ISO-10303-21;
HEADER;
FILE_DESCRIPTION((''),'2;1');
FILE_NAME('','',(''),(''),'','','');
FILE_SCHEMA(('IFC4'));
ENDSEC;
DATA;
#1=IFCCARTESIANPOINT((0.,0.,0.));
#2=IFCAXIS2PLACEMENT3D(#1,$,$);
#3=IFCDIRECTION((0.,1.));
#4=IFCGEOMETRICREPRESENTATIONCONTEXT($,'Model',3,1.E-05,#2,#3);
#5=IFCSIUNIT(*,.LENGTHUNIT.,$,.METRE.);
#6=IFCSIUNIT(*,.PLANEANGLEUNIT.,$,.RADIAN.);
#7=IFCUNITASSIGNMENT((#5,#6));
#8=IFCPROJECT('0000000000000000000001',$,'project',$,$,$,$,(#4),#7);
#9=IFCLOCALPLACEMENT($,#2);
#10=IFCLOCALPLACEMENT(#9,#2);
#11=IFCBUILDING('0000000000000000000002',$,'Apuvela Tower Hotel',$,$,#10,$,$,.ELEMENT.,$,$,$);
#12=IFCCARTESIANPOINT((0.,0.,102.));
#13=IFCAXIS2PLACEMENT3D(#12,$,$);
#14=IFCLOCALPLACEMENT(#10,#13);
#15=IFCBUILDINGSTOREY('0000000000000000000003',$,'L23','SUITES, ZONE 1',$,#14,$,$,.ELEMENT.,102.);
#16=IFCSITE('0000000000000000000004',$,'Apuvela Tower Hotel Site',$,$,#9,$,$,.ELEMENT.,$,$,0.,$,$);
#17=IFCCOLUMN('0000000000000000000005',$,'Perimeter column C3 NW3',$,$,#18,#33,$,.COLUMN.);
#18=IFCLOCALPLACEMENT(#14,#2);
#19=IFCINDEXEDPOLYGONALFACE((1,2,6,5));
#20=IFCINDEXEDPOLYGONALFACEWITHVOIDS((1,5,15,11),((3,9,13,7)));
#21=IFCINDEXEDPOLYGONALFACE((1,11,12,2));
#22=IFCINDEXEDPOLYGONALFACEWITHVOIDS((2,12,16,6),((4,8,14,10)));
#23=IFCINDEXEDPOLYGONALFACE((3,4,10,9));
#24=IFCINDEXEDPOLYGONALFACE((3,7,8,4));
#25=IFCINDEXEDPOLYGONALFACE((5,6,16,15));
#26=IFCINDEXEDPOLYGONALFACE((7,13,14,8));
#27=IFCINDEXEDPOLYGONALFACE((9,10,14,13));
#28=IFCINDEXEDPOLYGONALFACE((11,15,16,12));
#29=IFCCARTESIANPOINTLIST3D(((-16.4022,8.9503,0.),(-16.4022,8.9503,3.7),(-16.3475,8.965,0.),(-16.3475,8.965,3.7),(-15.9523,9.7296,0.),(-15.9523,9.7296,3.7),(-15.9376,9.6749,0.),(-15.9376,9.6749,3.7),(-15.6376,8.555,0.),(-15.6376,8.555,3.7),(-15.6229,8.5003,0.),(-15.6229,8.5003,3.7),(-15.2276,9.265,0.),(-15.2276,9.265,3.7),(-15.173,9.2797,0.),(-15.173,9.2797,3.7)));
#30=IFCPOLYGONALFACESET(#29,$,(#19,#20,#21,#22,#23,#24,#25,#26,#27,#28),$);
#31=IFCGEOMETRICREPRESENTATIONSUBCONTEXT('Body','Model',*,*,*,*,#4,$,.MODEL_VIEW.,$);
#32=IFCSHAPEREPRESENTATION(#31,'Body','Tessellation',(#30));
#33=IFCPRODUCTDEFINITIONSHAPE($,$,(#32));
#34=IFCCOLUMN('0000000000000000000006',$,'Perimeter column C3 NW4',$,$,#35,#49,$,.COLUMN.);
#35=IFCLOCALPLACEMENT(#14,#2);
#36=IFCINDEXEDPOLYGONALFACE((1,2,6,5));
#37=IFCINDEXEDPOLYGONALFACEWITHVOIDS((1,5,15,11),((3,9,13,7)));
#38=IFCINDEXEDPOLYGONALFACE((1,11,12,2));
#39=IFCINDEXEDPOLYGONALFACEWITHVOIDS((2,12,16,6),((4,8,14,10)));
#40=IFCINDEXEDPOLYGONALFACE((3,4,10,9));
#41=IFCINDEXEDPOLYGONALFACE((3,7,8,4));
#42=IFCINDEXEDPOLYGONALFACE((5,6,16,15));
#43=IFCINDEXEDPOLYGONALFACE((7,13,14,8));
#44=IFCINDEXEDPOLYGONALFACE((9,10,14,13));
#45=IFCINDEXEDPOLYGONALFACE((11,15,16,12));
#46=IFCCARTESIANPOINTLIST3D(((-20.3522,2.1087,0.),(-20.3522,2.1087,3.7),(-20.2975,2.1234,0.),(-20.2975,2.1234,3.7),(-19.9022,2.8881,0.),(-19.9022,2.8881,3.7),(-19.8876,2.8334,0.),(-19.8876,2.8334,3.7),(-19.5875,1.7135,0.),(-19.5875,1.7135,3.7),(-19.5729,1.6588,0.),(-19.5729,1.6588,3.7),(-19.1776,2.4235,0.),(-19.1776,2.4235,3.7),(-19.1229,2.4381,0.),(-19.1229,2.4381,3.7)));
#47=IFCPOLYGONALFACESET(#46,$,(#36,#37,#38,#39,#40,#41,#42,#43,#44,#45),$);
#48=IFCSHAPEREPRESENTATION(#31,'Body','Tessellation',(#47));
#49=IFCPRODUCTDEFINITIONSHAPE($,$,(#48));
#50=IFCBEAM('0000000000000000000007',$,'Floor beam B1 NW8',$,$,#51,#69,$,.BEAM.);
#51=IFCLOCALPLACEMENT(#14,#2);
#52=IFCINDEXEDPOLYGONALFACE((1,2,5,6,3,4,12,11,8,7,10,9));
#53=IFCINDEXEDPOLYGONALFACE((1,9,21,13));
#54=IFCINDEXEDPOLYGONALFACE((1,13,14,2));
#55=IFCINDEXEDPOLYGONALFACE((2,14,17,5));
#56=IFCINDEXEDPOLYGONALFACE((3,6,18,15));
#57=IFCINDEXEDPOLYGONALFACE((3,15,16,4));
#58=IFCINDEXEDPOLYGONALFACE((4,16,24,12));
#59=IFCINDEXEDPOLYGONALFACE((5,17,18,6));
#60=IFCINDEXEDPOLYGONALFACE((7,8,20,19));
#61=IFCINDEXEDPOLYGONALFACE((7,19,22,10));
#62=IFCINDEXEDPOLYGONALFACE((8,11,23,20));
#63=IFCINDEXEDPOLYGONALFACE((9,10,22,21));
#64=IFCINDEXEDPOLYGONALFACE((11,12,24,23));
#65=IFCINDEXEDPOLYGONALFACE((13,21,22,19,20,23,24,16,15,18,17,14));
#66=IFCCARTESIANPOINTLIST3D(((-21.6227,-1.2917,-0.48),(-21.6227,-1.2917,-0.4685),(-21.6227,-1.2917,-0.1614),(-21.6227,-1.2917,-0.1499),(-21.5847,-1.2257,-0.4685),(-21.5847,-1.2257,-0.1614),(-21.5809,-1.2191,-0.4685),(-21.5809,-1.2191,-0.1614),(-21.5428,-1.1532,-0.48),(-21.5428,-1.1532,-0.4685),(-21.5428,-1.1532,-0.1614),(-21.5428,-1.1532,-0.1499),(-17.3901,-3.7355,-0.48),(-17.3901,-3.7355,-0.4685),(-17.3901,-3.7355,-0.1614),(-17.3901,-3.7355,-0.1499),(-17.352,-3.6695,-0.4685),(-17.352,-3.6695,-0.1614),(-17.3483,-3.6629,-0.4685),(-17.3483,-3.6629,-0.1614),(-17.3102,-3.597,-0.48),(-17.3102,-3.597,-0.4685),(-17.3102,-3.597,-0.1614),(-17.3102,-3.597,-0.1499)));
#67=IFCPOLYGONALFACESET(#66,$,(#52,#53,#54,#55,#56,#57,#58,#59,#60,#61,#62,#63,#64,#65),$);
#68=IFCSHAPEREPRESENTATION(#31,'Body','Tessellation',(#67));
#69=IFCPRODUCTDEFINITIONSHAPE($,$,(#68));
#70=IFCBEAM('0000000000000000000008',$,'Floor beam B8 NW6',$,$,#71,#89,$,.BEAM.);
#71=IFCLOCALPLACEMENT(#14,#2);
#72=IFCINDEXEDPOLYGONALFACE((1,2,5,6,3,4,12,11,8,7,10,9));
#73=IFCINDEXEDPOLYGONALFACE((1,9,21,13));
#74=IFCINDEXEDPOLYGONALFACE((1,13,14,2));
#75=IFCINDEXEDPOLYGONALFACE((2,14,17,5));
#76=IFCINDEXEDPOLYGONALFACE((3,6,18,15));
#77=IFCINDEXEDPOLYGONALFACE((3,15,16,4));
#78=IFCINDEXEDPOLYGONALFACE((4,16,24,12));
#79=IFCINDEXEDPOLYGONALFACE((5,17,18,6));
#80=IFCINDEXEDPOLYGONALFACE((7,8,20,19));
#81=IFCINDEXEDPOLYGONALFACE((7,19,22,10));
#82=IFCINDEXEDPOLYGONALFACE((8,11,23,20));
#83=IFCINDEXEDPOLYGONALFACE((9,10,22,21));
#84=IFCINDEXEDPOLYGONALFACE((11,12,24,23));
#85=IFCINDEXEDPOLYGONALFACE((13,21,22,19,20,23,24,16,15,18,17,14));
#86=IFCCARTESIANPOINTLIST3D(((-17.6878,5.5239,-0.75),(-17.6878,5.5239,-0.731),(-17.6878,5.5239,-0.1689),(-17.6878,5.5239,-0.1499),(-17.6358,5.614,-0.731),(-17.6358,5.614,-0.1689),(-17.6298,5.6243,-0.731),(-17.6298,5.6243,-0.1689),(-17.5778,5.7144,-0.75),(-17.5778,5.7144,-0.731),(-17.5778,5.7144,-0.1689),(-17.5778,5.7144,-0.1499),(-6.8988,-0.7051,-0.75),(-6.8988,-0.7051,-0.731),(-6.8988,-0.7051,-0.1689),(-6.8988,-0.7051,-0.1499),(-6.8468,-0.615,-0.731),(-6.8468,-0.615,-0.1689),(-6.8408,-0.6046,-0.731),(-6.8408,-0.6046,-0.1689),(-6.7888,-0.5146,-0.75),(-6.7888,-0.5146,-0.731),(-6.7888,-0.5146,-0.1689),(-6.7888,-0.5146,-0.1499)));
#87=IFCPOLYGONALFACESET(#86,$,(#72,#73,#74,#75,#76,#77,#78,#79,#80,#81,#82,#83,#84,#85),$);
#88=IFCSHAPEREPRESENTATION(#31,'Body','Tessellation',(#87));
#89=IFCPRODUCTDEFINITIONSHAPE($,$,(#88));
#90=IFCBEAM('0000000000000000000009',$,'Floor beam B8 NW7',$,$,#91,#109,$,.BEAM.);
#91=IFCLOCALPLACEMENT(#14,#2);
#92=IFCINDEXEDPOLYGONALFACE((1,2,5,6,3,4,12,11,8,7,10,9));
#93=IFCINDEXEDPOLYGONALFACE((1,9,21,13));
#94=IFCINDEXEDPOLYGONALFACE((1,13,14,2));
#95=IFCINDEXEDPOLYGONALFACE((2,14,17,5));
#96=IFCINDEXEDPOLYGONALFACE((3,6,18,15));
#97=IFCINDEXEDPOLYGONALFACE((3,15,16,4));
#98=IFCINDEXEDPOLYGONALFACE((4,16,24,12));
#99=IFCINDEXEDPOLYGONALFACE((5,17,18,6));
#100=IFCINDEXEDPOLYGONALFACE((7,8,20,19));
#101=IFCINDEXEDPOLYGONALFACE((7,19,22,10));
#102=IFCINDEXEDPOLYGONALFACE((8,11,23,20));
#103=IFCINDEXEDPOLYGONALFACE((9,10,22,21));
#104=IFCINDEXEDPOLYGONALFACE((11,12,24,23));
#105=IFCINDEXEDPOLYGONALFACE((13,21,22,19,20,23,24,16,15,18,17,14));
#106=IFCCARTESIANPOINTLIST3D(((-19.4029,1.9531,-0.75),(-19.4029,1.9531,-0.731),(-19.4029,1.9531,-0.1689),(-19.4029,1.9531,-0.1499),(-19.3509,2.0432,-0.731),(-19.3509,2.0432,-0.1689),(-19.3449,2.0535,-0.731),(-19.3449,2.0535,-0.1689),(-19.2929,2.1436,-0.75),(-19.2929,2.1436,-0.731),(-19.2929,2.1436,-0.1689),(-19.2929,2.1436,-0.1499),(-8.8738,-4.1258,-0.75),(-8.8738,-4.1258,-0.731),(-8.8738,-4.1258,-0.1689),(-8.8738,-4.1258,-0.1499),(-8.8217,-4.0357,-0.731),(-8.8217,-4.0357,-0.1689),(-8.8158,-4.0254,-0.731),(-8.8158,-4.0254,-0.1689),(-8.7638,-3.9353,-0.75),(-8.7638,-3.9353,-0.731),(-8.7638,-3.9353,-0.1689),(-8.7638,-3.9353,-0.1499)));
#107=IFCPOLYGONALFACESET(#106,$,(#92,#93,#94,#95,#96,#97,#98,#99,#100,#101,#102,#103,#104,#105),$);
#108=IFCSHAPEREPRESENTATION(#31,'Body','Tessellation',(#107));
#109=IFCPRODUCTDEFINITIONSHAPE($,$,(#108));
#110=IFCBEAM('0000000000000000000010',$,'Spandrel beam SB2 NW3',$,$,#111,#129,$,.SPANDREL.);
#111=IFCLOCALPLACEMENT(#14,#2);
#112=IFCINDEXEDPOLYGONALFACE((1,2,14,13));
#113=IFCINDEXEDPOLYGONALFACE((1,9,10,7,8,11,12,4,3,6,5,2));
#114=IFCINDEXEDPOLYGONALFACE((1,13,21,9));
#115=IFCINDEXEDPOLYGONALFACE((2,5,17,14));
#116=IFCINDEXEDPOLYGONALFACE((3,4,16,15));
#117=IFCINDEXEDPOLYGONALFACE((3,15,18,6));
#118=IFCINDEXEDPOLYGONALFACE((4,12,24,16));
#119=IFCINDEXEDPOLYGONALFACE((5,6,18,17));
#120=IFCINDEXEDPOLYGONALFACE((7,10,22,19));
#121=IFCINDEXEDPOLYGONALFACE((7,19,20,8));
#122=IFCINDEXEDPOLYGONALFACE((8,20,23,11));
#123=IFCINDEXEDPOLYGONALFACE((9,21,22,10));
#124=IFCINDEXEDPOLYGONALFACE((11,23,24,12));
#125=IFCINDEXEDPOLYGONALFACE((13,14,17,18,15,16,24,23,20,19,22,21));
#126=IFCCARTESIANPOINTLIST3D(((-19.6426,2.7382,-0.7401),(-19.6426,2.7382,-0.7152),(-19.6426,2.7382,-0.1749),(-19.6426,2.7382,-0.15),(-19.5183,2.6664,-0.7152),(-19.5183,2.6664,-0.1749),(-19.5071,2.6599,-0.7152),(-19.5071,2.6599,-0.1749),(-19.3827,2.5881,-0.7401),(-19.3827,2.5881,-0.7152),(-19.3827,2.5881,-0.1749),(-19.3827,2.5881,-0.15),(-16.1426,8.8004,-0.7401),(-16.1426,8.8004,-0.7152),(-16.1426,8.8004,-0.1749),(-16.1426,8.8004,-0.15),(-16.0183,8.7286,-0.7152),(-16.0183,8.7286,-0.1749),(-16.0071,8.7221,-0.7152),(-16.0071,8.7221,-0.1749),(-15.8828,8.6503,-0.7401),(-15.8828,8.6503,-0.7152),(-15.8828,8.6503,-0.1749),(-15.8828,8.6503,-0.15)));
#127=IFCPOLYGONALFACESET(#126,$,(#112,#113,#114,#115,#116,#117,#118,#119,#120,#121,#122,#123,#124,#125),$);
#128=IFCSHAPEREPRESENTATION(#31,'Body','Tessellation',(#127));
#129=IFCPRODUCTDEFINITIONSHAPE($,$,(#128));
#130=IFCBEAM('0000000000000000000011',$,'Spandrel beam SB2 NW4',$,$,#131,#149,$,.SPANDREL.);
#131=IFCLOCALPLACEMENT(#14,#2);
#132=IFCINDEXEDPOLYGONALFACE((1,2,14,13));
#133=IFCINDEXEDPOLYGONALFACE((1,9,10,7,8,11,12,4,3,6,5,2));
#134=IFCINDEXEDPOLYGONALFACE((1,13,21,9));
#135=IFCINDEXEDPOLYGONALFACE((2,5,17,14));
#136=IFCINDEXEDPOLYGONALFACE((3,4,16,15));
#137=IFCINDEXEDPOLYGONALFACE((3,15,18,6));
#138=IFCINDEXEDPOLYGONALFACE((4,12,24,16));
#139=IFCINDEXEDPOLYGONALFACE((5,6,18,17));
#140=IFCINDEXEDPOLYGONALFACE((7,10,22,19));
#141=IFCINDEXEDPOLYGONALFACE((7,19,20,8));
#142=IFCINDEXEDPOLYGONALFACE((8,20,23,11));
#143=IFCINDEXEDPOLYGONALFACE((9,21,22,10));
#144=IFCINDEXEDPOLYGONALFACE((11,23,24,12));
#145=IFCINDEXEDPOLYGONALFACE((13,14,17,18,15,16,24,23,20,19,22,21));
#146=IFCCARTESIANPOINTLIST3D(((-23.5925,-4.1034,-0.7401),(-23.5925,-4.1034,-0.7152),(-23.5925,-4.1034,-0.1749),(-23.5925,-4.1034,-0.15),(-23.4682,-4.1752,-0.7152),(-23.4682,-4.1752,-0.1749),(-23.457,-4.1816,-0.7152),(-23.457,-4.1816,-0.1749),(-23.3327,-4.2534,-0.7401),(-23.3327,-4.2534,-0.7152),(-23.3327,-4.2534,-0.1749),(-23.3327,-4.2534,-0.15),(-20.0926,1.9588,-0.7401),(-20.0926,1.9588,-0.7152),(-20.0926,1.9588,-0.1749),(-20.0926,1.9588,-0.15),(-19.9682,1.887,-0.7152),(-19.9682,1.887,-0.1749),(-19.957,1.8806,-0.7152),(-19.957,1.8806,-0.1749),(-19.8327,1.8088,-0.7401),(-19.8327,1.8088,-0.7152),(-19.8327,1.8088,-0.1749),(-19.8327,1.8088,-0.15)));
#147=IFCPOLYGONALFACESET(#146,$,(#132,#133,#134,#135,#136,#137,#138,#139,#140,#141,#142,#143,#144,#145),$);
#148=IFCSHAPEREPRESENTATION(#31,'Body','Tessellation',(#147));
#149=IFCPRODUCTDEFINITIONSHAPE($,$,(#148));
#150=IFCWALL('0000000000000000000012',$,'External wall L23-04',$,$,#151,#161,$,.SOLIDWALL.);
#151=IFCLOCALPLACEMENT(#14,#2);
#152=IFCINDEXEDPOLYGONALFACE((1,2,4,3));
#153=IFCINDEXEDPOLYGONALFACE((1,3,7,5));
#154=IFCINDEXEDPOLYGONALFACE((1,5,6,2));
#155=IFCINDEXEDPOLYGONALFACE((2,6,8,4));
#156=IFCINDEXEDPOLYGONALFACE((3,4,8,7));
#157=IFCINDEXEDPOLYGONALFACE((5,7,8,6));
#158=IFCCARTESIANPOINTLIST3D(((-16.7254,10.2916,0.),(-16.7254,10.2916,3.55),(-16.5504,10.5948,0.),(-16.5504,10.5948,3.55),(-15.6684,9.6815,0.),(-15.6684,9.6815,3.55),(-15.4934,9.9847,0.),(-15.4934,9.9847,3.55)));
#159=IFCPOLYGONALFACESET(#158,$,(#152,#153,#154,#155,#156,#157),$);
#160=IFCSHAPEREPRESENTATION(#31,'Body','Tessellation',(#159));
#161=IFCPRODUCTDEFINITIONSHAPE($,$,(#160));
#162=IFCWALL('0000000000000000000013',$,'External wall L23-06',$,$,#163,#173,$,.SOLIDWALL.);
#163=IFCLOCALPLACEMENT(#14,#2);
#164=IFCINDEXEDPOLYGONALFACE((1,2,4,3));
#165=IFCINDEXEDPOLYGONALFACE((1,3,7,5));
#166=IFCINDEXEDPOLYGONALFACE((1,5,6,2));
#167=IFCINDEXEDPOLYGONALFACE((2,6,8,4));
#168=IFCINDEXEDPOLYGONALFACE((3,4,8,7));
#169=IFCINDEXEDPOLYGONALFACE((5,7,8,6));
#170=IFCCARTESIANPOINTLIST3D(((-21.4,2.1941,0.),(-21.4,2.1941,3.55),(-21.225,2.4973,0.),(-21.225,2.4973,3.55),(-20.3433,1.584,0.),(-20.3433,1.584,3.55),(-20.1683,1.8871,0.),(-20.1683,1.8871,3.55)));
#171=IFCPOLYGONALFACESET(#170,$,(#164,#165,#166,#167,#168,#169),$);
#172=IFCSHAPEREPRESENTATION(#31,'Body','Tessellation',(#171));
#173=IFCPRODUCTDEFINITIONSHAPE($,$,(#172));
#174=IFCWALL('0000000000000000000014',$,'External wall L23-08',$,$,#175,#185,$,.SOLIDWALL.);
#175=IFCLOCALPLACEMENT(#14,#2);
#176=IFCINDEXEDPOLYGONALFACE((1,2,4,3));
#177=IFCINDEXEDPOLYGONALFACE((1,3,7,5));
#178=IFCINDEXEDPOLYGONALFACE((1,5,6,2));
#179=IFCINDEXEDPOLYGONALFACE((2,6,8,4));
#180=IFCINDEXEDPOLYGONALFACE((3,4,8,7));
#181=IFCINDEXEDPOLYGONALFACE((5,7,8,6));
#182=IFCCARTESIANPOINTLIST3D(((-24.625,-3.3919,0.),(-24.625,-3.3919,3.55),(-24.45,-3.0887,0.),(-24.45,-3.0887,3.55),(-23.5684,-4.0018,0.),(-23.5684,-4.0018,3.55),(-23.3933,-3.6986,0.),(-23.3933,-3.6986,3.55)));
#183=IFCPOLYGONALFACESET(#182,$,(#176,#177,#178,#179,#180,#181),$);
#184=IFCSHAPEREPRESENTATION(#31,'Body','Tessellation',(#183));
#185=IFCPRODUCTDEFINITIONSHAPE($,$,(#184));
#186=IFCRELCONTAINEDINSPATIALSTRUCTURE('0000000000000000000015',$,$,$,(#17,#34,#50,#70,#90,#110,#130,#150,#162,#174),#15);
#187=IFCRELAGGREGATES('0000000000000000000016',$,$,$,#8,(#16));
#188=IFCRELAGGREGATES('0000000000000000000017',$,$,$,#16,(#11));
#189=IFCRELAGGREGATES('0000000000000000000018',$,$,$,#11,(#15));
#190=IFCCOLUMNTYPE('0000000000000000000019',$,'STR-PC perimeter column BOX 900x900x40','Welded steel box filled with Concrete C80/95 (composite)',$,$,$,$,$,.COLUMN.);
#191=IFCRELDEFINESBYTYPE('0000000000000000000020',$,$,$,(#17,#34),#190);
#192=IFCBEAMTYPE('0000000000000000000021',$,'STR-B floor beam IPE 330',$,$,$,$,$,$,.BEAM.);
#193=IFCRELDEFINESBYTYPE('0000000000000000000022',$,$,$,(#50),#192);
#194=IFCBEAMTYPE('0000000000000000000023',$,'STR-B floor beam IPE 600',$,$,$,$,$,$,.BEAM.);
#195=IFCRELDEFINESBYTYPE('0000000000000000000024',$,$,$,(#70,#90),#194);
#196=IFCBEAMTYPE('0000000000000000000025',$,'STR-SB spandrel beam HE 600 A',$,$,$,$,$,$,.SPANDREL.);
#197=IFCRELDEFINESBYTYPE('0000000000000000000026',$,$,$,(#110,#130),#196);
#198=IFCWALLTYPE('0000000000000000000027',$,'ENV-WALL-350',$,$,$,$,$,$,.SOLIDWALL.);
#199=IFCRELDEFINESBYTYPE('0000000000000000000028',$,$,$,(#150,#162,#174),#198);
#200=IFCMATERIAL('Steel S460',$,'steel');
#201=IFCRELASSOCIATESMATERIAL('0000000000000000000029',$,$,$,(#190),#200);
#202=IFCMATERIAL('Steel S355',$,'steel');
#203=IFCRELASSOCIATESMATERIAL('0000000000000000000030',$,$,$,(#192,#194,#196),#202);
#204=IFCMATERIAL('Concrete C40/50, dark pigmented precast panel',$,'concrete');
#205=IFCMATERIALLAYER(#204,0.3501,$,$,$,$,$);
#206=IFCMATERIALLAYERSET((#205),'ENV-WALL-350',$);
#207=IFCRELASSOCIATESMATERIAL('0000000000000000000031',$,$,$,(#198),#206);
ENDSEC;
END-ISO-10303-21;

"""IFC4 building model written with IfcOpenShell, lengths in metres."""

from ifc_helpers import new_model, si_unit, direction, frame, frame_2d, origin, origin_2d, place, context, subcontext, project, spatial, rectangle, hollow_rectangle, i_section, extrude, material, layer, layer_set, material_profile, profile_set, type_object, element, save


model = new_model("IFC4")

# Units and contexts
model_context = context("Model", 3, precision=1e-05, world=origin(), true_north=direction((0.0, 1.0)))
body_context = subcontext(model_context, "Body", "Model", "MODEL_VIEW")
ifc_project = project(units=[si_unit("LENGTHUNIT", "METRE"), si_unit("PLANEANGLEUNIT", "RADIAN")], contexts=[model_context])

# Site, building, storey
site_placement = place(None, origin())
site = spatial("IfcSite", under=ifc_project, at=site_placement, Name="Apuvela Tower Hotel Site", CompositionType="ELEMENT", RefElevation=0.0)
building_placement = place(site_placement, origin())
building = spatial("IfcBuilding", under=site, at=building_placement, Name="Apuvela Tower Hotel", CompositionType="ELEMENT")
storey_placement = place(building_placement, frame((0.0, 0.0, 102.0)))
storey = spatial("IfcBuildingStorey", under=building, at=storey_placement, Name="L23", Description="SUITES, ZONE 1", CompositionType="ELEMENT", Elevation=102.0)

# Columns
ifc_material_1 = material(Name="Steel S460", Category="steel")
ifc_material_profile_1 = material_profile(ifc_material_1, hollow_rectangle(XDim=0.8999, YDim=0.8999, WallThickness=0.04, at=origin_2d()), Name="BOX 900x900x40")
ifc_material_2 = material(Name="Concrete C80/95", Category="concrete")
ifc_material_profile_2 = material_profile(ifc_material_2, rectangle(XDim=0.8201, YDim=0.8201, at=origin_2d()), Name="Concrete C80/95 infill")
ifc_profile_set_1 = profile_set([ifc_material_profile_1, ifc_material_profile_2], Name="Steel S460")
column_type = type_object("IfcColumnType", Name="STR-PC perimeter column BOX 900x900x40", Description="Welded steel box filled with Concrete C80/95 (composite)", PredefinedType="COLUMN", material=ifc_profile_set_1)
for number, where, z_axis, x_axis, name in (
    (1, (-15.7876, 9.115, 0.0), (0.0, 0.0, 1.0), (0.5, 0.866025, 0.0), "Perimeter column C3 NW3"),
    (2, (-19.7375, 2.2734, 0.0), (0.0, 0.0, 1.0), (0.5, 0.866025, 0.0), "Perimeter column C3 NW4"),
):
    element("IfcColumn", number, at=place(storey_placement, frame(where, z_axis=z_axis, x_axis=x_axis)), inside=storey, type_object=column_type, Name=name, PredefinedType="COLUMN", context=body_context, shape_type="SweptSolid", body=[
        extrude(hollow_rectangle(XDim=0.8999, YDim=0.8999, WallThickness=0.04, at=origin_2d()), origin(), (0.0, 0.0, 1.0), 3.7),
    ])

# Beams
ifc_material_3 = material(Name="Steel S355", Category="steel")
ifc_material_profile_3 = material_profile(ifc_material_3, i_section(OverallWidth=0.1599, OverallDepth=0.3301, WebThickness=0.0076, FlangeThickness=0.0115, at=origin_2d()), Name="IPE 330")
ifc_profile_set_2 = profile_set([ifc_material_profile_3], Name="Steel S355")
beam_type_1 = type_object("IfcBeamType", Name="STR-B floor beam IPE 330", PredefinedType="BEAM", material=ifc_profile_set_2)
beam_1_placement = place(storey_placement, frame((-21.5828, -1.2224, -0.3149), z_axis=(0.866015, -0.500018, 0.0), x_axis=(0.500018, 0.866015, 0.0)))
element("IfcBeam", 3, at=beam_1_placement, inside=storey, type_object=beam_type_1, Name="Floor beam B1 NW8", PredefinedType="BEAM", context=body_context, shape_type="SweptSolid", body=[
    extrude(i_section(OverallWidth=0.1599, OverallDepth=0.3301, WebThickness=0.0076, FlangeThickness=0.0115, at=origin_2d()), origin(), (0.0, 0.0, 1.0), 4.8875),
])
ifc_material_profile_4 = material_profile(ifc_material_3, i_section(OverallWidth=0.22, OverallDepth=0.6001, WebThickness=0.012, FlangeThickness=0.019, at=origin_2d()), Name="IPE 600")
ifc_profile_set_3 = profile_set([ifc_material_profile_4], Name="Steel S355")
beam_type_2 = type_object("IfcBeamType", Name="STR-B floor beam IPE 600", PredefinedType="BEAM", material=ifc_profile_set_3)
beam_2_placement = place(storey_placement, frame((-17.6328, 5.6191, -0.45), z_axis=(0.866028, -0.499996, 0.0), x_axis=(0.499996, 0.866028, 0.0)))
element("IfcBeam", 4, at=beam_2_placement, inside=storey, type_object=beam_type_2, Name="Floor beam B8 NW6", PredefinedType="BEAM", context=body_context, shape_type="SweptSolid", body=[
    extrude(i_section(OverallWidth=0.22, OverallDepth=0.6001, WebThickness=0.012, FlangeThickness=0.019, at=origin_2d()), origin(), (0.0, 0.0, 1.0), 12.458),
])
beam_3_placement = place(storey_placement, frame((-19.3479, 2.0483, -0.45), z_axis=(0.866029, -0.499994, 0.0), x_axis=(0.499994, 0.866029, 0.0)))
element("IfcBeam", 5, at=beam_3_placement, inside=storey, type_object=beam_type_2, Name="Floor beam B8 NW7", PredefinedType="BEAM", context=body_context, shape_type="SweptSolid", body=[
    extrude(i_section(OverallWidth=0.22, OverallDepth=0.6001, WebThickness=0.012, FlangeThickness=0.019, at=origin_2d()), origin(), (0.0, 0.0, 1.0), 12.158),
])
ifc_material_profile_5 = material_profile(ifc_material_3, i_section(OverallWidth=0.3, OverallDepth=0.5901, WebThickness=0.0129, FlangeThickness=0.0249, at=origin_2d()), Name="HE 600 A")
ifc_profile_set_4 = profile_set([ifc_material_profile_5], Name="Steel S355")
beam_type_3 = type_object("IfcBeamType", Name="STR-SB spandrel beam HE 600 A", PredefinedType="SPANDREL", material=ifc_profile_set_4)
for number, where, z_axis, x_axis, name in (
    (6, (-16.0127, 8.7253, -0.4451), (-0.499995, -0.866028, 0.0), (0.866028, -0.499995, 0.0), "Spandrel beam SB2 NW3"),
    (7, (-19.9626, 1.8838, -0.4451), (-0.499995, -0.866028, 0.0), (0.866028, -0.499995, 0.0), "Spandrel beam SB2 NW4"),
):
    element("IfcBeam", number, at=place(storey_placement, frame(where, z_axis=z_axis, x_axis=x_axis)), inside=storey, type_object=beam_type_3, Name=name, PredefinedType="SPANDREL", context=body_context, shape_type="SweptSolid", body=[
        extrude(i_section(OverallWidth=0.3, OverallDepth=0.5901, WebThickness=0.0129, FlangeThickness=0.0249, at=origin_2d()), origin(), (0.0, 0.0, 1.0), 7.0),
    ])

# Wall
ifc_material_4 = material(Name="Concrete C40/50, dark pigmented precast panel", Category="concrete")
ifc_layer_1 = layer(ifc_material_4, 0.3501)
ifc_layer_set_1 = layer_set([ifc_layer_1], Name="ENV-WALL-350")
wall_type_1 = type_object("IfcWallType", Name="ENV-WALL-350", PredefinedType="SOLIDWALL", material=ifc_layer_set_1)
wall_1_placement = place(storey_placement, frame((-15.5808, 9.833, 0.0), z_axis=(0.0, 0.0, 1.0), x_axis=(-0.866056, 0.499948, 0.0)))
element("IfcWall", 8, at=wall_1_placement, inside=storey, type_object=wall_type_1, Name="External wall L23-04", PredefinedType="SOLIDWALL", context=body_context, shape_type="SweptSolid", body=[
    extrude(rectangle(XDim=1.2205, YDim=0.3501, at=frame_2d((0.6104, 0.0))), origin(), (0.0, 0.0, 1.0), 3.55),
])

# Wall
wall_2_placement = place(storey_placement, frame((-21.3125, 2.3457, 0.0), z_axis=(0.0, 0.0, 1.0), x_axis=(0.866006, -0.500034, 0.0)))
element("IfcWall", 9, at=wall_2_placement, inside=storey, type_object=wall_type_1, Name="External wall L23-06", PredefinedType="SOLIDWALL", context=body_context, shape_type="SweptSolid", body=[
    extrude(rectangle(XDim=1.2202, YDim=0.3501, at=frame_2d((0.6101, 0.0))), origin(), (0.0, 0.0, 1.0), 3.55),
])

# Wall
wall_3_placement = place(storey_placement, frame((-23.481, -3.8501, 0.0), z_axis=(0.0, 0.0, 1.0), x_axis=(-0.866092, 0.499884, 0.0)))
element("IfcWall", 10, at=wall_3_placement, inside=storey, type_object=wall_type_1, Name="External wall L23-08", PredefinedType="SOLIDWALL", context=body_context, shape_type="SweptSolid", body=[
    extrude(rectangle(XDim=1.22, YDim=0.3501, at=frame_2d((0.6099, 0.0))), origin(), (0.0, 0.0, 1.0), 3.55),
])

save(model, "model.ifc")
